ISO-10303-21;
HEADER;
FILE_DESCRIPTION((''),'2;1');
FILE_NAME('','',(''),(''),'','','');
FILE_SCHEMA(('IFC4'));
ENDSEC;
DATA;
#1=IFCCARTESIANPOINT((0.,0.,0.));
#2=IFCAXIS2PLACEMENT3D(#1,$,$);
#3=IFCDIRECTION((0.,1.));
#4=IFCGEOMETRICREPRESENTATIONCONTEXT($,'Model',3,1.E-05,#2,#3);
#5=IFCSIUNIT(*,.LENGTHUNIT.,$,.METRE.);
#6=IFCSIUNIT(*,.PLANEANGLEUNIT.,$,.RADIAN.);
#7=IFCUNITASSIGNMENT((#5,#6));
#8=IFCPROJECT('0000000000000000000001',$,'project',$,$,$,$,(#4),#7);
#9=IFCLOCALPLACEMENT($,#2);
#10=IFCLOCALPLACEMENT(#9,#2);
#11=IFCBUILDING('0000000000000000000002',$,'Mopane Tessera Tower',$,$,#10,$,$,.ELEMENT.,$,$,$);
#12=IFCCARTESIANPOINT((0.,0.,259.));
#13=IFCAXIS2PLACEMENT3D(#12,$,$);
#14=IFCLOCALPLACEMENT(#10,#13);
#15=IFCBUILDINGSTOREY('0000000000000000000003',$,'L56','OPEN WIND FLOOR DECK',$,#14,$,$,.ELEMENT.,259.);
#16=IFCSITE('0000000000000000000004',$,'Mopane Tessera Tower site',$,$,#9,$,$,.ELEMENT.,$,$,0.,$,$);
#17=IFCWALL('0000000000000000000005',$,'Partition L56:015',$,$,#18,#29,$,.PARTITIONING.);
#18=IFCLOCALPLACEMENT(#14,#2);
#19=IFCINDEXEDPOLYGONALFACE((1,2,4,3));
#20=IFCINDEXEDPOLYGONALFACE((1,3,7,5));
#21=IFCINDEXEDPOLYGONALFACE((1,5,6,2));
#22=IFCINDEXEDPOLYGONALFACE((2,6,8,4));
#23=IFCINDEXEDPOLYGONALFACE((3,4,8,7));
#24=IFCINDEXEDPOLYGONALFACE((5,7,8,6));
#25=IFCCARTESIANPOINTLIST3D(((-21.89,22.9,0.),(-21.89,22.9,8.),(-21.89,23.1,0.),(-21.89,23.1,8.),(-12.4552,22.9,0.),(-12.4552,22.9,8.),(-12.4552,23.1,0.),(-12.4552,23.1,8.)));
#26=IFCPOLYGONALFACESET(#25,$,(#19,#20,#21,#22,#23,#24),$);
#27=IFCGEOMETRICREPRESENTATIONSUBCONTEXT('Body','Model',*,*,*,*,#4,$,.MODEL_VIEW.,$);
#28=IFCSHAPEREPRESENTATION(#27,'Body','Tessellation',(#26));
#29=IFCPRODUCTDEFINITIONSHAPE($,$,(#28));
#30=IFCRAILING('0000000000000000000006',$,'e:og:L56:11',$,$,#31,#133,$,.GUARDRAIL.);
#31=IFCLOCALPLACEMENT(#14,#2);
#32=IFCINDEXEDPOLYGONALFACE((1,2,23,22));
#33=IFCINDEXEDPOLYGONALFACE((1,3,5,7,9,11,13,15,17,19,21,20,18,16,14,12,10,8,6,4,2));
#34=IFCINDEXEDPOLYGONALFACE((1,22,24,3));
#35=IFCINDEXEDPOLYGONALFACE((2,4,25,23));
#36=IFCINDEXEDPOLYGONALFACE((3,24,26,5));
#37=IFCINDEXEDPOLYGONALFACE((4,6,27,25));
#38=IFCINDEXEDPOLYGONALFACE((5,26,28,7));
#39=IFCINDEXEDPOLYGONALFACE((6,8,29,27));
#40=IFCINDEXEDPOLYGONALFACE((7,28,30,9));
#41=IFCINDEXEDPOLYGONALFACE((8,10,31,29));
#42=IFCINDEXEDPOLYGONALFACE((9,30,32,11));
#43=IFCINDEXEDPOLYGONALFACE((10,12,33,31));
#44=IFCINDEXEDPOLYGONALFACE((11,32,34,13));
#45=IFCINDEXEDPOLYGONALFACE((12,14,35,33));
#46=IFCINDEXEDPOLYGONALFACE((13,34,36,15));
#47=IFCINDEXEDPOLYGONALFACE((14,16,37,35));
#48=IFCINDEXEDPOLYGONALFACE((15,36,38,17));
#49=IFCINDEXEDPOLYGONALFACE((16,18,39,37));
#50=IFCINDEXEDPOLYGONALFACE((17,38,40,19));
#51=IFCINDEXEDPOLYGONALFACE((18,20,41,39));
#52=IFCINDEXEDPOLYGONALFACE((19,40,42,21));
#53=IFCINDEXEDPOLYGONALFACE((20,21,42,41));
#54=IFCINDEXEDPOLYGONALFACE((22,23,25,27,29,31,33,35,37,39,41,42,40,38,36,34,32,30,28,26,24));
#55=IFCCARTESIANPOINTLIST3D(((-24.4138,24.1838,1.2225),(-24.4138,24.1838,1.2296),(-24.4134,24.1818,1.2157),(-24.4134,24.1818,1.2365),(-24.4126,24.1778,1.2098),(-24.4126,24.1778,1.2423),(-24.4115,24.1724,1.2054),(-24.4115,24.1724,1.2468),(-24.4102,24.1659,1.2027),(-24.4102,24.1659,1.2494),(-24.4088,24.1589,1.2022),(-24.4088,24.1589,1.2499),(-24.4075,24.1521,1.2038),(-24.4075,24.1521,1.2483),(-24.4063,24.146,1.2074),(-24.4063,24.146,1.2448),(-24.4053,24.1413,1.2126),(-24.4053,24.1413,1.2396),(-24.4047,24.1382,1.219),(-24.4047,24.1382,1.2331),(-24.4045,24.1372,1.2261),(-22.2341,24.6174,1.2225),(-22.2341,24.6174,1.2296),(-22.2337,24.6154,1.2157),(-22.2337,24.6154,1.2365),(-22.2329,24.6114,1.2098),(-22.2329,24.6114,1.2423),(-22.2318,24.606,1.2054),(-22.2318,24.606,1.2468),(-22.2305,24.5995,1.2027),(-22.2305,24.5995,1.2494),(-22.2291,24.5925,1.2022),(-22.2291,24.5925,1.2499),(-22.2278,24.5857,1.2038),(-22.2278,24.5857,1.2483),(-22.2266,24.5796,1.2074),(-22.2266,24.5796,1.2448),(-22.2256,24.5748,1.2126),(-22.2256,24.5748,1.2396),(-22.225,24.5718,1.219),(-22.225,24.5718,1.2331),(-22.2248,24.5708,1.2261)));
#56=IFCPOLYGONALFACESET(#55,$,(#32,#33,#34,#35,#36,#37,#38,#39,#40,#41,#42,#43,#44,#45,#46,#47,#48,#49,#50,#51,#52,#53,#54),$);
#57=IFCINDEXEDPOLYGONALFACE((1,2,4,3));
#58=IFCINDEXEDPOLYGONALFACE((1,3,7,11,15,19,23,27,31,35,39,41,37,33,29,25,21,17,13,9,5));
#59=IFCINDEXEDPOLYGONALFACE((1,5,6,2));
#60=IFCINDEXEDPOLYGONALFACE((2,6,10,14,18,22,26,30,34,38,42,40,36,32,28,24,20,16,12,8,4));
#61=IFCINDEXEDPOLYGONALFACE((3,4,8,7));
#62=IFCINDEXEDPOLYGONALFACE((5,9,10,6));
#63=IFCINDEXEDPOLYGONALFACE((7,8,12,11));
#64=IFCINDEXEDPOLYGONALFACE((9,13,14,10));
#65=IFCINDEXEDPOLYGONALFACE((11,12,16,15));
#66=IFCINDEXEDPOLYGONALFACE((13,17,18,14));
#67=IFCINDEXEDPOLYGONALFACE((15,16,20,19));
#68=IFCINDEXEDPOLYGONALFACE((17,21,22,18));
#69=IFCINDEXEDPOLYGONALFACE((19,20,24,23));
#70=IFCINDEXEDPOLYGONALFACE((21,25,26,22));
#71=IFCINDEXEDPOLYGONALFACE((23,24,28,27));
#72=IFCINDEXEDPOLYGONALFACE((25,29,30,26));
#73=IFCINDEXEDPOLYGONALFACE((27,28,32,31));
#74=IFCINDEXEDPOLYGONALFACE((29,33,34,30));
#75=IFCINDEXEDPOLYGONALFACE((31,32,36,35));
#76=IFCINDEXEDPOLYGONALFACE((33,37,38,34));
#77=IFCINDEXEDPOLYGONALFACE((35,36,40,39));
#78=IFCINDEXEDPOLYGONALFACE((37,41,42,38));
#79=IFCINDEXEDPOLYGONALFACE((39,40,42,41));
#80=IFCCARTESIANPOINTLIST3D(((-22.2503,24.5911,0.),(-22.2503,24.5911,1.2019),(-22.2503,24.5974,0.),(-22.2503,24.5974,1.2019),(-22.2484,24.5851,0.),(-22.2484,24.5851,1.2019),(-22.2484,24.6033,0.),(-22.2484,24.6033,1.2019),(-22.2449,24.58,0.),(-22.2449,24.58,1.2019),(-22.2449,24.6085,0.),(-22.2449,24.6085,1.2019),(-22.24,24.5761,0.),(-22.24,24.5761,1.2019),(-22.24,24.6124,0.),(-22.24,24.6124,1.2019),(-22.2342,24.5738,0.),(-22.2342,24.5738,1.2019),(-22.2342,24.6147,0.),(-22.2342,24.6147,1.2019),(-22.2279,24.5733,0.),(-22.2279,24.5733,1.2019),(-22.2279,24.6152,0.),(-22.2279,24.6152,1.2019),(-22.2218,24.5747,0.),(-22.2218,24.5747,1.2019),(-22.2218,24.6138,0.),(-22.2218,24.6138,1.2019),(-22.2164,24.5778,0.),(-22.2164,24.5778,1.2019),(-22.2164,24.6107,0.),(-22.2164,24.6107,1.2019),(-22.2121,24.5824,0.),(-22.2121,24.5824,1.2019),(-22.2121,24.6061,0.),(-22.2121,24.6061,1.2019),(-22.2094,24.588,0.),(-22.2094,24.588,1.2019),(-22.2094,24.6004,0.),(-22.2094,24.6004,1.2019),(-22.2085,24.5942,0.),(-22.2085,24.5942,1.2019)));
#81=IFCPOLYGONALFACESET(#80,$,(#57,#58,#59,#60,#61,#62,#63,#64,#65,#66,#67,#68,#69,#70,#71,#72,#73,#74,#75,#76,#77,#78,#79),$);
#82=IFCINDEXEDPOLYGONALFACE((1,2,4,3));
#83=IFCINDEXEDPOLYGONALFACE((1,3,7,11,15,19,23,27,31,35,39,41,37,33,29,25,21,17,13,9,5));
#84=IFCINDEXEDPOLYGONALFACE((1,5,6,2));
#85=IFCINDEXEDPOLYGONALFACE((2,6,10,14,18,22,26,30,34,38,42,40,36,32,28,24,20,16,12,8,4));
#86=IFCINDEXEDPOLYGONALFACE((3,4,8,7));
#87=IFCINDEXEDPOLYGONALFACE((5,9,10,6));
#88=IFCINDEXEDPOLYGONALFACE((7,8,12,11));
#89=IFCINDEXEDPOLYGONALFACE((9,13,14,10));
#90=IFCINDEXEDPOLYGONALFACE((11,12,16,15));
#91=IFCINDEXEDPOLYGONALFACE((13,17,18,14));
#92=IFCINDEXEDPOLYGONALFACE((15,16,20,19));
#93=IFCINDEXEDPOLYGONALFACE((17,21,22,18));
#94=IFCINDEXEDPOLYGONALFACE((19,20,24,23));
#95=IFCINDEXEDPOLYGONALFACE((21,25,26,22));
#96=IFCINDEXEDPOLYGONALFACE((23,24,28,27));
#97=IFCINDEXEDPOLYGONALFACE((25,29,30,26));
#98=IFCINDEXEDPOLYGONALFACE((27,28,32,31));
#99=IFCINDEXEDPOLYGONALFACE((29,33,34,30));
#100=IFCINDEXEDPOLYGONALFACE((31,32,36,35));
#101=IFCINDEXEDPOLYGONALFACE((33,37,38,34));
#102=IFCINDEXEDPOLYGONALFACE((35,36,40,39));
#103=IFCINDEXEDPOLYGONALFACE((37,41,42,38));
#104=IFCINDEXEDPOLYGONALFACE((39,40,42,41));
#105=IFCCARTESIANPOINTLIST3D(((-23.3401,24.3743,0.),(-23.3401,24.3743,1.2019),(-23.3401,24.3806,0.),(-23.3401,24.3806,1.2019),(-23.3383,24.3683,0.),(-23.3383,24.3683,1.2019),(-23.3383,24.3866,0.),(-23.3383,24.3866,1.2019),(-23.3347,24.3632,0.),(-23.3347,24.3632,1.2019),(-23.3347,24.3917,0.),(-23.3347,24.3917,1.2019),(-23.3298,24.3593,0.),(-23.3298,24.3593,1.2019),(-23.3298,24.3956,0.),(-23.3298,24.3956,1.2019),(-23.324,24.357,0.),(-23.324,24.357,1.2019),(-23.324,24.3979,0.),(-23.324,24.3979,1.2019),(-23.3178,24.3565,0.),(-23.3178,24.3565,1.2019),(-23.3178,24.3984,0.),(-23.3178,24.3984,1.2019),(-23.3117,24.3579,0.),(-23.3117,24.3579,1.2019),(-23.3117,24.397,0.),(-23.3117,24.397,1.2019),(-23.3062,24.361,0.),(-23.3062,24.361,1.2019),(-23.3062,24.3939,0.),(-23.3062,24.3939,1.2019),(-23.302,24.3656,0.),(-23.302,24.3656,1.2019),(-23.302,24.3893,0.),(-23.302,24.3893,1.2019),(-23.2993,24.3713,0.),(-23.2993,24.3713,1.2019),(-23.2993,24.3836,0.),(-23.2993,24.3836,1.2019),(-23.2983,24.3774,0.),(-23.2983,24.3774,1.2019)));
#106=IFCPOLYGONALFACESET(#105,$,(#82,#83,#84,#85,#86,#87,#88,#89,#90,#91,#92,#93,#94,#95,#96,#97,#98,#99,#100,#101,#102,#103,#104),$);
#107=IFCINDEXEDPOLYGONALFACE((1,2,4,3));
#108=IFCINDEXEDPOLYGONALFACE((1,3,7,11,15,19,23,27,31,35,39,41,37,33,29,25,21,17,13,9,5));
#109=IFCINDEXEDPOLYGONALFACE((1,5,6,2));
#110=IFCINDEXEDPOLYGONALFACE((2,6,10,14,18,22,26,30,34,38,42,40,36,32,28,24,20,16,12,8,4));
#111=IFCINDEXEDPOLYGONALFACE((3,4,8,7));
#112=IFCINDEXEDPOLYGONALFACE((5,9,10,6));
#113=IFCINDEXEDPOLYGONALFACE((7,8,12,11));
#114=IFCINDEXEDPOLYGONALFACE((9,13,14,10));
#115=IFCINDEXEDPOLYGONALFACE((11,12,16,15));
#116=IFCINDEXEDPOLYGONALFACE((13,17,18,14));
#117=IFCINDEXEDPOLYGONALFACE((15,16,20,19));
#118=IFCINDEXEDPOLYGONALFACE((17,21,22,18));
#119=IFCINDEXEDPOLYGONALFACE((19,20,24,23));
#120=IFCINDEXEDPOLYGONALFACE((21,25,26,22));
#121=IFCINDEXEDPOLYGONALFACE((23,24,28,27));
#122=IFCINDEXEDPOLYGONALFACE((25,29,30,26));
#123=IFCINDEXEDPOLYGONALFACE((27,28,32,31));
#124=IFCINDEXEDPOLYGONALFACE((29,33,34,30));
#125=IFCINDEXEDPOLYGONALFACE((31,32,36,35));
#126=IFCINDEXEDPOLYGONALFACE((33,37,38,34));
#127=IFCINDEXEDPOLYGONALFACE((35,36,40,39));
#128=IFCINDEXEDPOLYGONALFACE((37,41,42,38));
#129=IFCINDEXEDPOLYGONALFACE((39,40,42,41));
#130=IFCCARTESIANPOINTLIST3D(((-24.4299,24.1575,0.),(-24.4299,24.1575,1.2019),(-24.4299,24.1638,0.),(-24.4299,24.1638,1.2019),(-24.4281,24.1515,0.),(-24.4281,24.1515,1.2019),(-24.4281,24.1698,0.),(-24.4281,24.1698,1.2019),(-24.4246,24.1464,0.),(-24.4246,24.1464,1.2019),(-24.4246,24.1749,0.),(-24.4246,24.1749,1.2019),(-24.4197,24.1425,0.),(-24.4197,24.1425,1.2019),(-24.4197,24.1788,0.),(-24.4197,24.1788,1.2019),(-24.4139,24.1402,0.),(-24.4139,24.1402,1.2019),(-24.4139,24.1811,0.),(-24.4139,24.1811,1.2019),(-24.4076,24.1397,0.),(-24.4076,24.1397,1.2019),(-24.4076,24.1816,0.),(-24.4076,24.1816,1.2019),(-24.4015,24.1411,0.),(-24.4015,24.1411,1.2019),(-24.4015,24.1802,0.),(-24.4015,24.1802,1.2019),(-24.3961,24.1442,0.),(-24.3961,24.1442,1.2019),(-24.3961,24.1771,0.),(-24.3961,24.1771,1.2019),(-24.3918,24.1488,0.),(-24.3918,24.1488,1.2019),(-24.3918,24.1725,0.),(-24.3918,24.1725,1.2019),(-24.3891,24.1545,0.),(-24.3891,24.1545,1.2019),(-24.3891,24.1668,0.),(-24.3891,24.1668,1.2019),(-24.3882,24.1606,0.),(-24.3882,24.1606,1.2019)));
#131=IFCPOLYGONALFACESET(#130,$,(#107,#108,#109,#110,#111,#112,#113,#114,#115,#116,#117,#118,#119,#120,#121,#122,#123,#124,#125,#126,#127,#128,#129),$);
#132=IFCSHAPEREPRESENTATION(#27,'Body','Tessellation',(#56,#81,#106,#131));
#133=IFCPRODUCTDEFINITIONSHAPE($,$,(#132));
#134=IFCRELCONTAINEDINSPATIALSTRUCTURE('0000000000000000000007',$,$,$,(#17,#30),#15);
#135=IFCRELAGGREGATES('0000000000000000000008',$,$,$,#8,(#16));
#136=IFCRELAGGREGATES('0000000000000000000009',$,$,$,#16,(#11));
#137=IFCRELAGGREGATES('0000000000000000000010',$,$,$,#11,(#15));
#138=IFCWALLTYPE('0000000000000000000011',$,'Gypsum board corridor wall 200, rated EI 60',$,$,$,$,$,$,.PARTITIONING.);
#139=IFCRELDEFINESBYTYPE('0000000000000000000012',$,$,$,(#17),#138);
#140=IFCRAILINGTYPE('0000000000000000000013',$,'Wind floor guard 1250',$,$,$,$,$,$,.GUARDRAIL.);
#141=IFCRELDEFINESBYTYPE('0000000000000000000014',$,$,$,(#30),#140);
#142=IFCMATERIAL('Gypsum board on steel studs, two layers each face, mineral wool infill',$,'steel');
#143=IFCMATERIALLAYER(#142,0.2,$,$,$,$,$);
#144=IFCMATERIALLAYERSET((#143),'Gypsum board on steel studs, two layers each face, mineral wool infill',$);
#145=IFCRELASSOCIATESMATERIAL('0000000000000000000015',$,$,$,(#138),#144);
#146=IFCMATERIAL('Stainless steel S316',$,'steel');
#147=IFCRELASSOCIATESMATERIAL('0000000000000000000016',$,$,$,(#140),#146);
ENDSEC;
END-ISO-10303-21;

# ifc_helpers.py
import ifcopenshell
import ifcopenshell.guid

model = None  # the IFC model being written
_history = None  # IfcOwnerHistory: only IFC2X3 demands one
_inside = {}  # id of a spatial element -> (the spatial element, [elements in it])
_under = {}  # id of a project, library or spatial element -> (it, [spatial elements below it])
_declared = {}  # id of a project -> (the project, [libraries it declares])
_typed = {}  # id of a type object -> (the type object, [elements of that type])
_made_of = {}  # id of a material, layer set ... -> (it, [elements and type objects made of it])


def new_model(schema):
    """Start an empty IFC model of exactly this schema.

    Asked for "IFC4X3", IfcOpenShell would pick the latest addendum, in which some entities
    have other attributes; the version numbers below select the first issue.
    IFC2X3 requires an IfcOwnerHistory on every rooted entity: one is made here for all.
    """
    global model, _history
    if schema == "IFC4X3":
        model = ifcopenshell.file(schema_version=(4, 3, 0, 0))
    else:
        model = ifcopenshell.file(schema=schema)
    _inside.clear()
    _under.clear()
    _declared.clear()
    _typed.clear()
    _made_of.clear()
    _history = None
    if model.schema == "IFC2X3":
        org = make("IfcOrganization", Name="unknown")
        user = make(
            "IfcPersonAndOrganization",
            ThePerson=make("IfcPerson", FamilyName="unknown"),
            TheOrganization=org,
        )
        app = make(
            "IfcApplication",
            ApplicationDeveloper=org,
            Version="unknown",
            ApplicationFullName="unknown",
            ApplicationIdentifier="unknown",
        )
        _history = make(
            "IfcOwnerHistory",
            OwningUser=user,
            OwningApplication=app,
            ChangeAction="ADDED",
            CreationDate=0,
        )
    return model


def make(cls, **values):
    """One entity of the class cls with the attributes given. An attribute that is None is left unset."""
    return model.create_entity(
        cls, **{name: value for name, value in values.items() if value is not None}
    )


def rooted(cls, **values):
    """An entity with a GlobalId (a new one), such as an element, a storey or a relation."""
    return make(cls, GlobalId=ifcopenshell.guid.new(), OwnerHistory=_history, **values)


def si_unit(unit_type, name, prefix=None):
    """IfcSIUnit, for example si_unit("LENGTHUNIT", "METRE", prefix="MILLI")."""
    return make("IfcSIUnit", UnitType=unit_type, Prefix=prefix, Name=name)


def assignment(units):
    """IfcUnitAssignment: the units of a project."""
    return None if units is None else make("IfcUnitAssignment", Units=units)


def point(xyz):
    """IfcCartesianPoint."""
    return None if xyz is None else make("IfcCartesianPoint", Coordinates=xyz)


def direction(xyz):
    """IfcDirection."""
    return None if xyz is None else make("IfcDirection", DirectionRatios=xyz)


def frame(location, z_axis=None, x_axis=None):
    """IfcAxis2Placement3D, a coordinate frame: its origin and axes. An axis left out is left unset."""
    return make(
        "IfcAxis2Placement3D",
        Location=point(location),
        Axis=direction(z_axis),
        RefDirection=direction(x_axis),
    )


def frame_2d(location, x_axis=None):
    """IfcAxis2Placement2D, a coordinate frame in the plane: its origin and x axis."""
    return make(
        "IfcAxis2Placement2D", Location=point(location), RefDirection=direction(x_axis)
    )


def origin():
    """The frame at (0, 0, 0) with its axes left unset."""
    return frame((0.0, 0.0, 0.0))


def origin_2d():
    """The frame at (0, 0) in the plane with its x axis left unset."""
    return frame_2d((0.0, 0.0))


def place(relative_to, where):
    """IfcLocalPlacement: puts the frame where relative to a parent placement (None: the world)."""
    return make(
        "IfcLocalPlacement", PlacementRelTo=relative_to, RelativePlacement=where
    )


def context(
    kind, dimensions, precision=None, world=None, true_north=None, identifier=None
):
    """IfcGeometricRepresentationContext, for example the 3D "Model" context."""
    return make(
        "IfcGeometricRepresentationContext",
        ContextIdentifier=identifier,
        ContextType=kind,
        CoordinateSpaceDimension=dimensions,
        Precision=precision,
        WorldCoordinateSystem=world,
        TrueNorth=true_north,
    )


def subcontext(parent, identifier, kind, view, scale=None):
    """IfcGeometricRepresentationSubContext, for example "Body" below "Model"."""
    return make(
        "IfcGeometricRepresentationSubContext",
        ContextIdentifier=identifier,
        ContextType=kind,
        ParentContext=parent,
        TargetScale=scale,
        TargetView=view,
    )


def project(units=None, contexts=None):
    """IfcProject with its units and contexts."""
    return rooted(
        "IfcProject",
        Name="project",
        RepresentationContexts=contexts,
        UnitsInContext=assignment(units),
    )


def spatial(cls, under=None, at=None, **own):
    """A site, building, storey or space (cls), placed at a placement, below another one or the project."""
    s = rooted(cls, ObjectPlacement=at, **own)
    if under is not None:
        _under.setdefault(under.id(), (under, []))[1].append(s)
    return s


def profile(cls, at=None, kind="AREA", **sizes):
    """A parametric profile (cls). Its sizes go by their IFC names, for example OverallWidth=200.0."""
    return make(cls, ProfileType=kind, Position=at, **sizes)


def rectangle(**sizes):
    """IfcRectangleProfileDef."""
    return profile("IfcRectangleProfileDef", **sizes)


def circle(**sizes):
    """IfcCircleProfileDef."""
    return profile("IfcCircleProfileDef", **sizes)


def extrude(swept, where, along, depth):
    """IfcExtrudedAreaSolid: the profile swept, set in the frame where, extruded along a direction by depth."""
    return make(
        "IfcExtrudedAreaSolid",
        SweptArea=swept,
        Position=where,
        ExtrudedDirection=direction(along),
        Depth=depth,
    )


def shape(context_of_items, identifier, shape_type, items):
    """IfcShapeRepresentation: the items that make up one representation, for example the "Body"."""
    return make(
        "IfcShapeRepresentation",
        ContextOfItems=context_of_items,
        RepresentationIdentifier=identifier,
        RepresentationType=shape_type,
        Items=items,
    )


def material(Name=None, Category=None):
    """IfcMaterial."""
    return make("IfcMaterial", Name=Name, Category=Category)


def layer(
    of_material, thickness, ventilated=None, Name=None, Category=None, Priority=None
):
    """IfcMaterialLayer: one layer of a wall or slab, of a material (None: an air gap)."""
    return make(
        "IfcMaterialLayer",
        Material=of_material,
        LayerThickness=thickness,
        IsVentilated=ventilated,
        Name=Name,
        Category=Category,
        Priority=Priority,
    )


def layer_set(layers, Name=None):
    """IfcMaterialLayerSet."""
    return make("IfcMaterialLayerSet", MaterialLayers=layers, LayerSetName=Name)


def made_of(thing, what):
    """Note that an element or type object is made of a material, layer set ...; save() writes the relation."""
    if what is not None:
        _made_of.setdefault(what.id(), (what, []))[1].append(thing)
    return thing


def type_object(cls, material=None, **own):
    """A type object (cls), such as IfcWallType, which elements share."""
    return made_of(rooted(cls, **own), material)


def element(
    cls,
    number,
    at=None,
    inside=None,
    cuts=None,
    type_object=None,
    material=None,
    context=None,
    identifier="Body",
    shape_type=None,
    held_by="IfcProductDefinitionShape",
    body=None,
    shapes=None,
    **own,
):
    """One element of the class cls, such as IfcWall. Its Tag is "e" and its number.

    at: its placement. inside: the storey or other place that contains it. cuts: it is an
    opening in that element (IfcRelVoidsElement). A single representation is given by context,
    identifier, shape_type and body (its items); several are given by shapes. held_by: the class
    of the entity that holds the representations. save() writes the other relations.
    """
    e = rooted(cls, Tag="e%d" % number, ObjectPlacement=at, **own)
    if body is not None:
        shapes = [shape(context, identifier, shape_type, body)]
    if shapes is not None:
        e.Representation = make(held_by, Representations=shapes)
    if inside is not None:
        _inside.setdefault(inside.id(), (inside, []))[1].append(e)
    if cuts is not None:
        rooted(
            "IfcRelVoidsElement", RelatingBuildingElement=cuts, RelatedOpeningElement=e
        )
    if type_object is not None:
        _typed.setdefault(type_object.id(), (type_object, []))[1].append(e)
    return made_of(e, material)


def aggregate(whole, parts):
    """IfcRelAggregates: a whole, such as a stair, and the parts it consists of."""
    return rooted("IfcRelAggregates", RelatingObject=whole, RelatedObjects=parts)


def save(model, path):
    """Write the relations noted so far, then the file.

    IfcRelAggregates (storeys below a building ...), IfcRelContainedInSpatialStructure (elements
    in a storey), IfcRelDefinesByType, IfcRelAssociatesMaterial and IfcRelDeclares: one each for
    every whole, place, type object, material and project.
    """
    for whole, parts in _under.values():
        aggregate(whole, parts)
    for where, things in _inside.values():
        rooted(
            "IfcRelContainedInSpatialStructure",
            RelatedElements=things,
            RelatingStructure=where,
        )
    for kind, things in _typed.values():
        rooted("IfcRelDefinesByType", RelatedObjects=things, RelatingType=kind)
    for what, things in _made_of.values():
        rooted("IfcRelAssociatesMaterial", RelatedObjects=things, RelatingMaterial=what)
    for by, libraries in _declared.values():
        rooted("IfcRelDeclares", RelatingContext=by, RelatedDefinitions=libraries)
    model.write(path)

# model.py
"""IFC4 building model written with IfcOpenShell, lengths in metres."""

from ifc_helpers import new_model, si_unit, direction, frame, frame_2d, origin, origin_2d, place, context, subcontext, project, spatial, rectangle, circle, extrude, material, layer, layer_set, type_object, element, save


model = new_model("IFC4")

# Units and contexts
model_context = context("Model", 3, precision=1e-05, world=origin(), true_north=direction((0.0, 1.0)))
body_context = subcontext(model_context, "Body", "Model", "MODEL_VIEW")
ifc_project = project(units=[si_unit("LENGTHUNIT", "METRE"), si_unit("PLANEANGLEUNIT", "RADIAN")], contexts=[model_context])

# Site, building, storey
site_placement = place(None, origin())
site = spatial("IfcSite", under=ifc_project, at=site_placement, Name="Mopane Tessera Tower site", CompositionType="ELEMENT", RefElevation=0.0)
building_placement = place(site_placement, origin())
building = spatial("IfcBuilding", under=site, at=building_placement, Name="Mopane Tessera Tower", CompositionType="ELEMENT")
storey_placement = place(building_placement, frame((0.0, 0.0, 259.0)))
storey = spatial("IfcBuildingStorey", under=building, at=storey_placement, Name="L56", Description="OPEN WIND FLOOR DECK", CompositionType="ELEMENT", Elevation=259.0)

# Wall
ifc_material_1 = material(Name="Gypsum board on steel studs, two layers each face, mineral wool infill", Category="steel")
ifc_layer_1 = layer(ifc_material_1, 0.2)
ifc_layer_set_1 = layer_set([ifc_layer_1], Name="Gypsum board on steel studs, two layers each face, mineral wool infill")
wall_type = type_object("IfcWallType", Name="Gypsum board corridor wall 200, rated EI 60", PredefinedType="PARTITIONING", material=ifc_layer_set_1)
wall_placement = place(storey_placement, frame((-21.8899, 23.0, 0.0), z_axis=(0.0, 0.0, 1.0), x_axis=(1.0, 0.0, 0.0)))
element("IfcWall", 1, at=wall_placement, inside=storey, type_object=wall_type, Name="Partition L56:015", PredefinedType="PARTITIONING", context=body_context, shape_type="SweptSolid", body=[
    extrude(rectangle(XDim=9.4348, YDim=0.2, at=frame_2d((4.7173, 0.0))), origin(), (0.0, 0.0, 1.0), 8.0),
])

# Railing
ifc_material_2 = material(Name="Stainless steel S316", Category="steel")
railing_type = type_object("IfcRailingType", Name="Wind floor guard 1250", PredefinedType="GUARDRAIL", material=ifc_material_2)
railing_1_placement = place(storey_placement, frame((-22.2295, 24.5942, 0.0)))
element("IfcRailing", 2, at=railing_1_placement, inside=storey, type_object=railing_type, Name="e:og:L56:11", PredefinedType="GUARDRAIL", context=body_context, shape_type="SweptSolid", body=[
    extrude(circle(Radius=0.0239, at=origin_2d()), frame((0.0, 0.0, 1.2261), z_axis=(-0.980783, -0.195102, 0.0), x_axis=(0.195102, -0.980783, 0.0)), (0.0, 0.0, 1.0), 2.2224),
    extrude(circle(Radius=0.021, at=origin_2d()), origin(), (0.0, 0.0, 1.0), 1.2019),
    extrude(circle(Radius=0.021, at=origin_2d()), frame((-1.0898, -0.2168, 0.0)), (0.0, 0.0, 1.0), 1.2019),
    extrude(circle(Radius=0.021, at=origin_2d()), frame((-2.1797, -0.4336, 0.0)), (0.0, 0.0, 1.0), 1.2019),
])

save(model, "model.ifc")
